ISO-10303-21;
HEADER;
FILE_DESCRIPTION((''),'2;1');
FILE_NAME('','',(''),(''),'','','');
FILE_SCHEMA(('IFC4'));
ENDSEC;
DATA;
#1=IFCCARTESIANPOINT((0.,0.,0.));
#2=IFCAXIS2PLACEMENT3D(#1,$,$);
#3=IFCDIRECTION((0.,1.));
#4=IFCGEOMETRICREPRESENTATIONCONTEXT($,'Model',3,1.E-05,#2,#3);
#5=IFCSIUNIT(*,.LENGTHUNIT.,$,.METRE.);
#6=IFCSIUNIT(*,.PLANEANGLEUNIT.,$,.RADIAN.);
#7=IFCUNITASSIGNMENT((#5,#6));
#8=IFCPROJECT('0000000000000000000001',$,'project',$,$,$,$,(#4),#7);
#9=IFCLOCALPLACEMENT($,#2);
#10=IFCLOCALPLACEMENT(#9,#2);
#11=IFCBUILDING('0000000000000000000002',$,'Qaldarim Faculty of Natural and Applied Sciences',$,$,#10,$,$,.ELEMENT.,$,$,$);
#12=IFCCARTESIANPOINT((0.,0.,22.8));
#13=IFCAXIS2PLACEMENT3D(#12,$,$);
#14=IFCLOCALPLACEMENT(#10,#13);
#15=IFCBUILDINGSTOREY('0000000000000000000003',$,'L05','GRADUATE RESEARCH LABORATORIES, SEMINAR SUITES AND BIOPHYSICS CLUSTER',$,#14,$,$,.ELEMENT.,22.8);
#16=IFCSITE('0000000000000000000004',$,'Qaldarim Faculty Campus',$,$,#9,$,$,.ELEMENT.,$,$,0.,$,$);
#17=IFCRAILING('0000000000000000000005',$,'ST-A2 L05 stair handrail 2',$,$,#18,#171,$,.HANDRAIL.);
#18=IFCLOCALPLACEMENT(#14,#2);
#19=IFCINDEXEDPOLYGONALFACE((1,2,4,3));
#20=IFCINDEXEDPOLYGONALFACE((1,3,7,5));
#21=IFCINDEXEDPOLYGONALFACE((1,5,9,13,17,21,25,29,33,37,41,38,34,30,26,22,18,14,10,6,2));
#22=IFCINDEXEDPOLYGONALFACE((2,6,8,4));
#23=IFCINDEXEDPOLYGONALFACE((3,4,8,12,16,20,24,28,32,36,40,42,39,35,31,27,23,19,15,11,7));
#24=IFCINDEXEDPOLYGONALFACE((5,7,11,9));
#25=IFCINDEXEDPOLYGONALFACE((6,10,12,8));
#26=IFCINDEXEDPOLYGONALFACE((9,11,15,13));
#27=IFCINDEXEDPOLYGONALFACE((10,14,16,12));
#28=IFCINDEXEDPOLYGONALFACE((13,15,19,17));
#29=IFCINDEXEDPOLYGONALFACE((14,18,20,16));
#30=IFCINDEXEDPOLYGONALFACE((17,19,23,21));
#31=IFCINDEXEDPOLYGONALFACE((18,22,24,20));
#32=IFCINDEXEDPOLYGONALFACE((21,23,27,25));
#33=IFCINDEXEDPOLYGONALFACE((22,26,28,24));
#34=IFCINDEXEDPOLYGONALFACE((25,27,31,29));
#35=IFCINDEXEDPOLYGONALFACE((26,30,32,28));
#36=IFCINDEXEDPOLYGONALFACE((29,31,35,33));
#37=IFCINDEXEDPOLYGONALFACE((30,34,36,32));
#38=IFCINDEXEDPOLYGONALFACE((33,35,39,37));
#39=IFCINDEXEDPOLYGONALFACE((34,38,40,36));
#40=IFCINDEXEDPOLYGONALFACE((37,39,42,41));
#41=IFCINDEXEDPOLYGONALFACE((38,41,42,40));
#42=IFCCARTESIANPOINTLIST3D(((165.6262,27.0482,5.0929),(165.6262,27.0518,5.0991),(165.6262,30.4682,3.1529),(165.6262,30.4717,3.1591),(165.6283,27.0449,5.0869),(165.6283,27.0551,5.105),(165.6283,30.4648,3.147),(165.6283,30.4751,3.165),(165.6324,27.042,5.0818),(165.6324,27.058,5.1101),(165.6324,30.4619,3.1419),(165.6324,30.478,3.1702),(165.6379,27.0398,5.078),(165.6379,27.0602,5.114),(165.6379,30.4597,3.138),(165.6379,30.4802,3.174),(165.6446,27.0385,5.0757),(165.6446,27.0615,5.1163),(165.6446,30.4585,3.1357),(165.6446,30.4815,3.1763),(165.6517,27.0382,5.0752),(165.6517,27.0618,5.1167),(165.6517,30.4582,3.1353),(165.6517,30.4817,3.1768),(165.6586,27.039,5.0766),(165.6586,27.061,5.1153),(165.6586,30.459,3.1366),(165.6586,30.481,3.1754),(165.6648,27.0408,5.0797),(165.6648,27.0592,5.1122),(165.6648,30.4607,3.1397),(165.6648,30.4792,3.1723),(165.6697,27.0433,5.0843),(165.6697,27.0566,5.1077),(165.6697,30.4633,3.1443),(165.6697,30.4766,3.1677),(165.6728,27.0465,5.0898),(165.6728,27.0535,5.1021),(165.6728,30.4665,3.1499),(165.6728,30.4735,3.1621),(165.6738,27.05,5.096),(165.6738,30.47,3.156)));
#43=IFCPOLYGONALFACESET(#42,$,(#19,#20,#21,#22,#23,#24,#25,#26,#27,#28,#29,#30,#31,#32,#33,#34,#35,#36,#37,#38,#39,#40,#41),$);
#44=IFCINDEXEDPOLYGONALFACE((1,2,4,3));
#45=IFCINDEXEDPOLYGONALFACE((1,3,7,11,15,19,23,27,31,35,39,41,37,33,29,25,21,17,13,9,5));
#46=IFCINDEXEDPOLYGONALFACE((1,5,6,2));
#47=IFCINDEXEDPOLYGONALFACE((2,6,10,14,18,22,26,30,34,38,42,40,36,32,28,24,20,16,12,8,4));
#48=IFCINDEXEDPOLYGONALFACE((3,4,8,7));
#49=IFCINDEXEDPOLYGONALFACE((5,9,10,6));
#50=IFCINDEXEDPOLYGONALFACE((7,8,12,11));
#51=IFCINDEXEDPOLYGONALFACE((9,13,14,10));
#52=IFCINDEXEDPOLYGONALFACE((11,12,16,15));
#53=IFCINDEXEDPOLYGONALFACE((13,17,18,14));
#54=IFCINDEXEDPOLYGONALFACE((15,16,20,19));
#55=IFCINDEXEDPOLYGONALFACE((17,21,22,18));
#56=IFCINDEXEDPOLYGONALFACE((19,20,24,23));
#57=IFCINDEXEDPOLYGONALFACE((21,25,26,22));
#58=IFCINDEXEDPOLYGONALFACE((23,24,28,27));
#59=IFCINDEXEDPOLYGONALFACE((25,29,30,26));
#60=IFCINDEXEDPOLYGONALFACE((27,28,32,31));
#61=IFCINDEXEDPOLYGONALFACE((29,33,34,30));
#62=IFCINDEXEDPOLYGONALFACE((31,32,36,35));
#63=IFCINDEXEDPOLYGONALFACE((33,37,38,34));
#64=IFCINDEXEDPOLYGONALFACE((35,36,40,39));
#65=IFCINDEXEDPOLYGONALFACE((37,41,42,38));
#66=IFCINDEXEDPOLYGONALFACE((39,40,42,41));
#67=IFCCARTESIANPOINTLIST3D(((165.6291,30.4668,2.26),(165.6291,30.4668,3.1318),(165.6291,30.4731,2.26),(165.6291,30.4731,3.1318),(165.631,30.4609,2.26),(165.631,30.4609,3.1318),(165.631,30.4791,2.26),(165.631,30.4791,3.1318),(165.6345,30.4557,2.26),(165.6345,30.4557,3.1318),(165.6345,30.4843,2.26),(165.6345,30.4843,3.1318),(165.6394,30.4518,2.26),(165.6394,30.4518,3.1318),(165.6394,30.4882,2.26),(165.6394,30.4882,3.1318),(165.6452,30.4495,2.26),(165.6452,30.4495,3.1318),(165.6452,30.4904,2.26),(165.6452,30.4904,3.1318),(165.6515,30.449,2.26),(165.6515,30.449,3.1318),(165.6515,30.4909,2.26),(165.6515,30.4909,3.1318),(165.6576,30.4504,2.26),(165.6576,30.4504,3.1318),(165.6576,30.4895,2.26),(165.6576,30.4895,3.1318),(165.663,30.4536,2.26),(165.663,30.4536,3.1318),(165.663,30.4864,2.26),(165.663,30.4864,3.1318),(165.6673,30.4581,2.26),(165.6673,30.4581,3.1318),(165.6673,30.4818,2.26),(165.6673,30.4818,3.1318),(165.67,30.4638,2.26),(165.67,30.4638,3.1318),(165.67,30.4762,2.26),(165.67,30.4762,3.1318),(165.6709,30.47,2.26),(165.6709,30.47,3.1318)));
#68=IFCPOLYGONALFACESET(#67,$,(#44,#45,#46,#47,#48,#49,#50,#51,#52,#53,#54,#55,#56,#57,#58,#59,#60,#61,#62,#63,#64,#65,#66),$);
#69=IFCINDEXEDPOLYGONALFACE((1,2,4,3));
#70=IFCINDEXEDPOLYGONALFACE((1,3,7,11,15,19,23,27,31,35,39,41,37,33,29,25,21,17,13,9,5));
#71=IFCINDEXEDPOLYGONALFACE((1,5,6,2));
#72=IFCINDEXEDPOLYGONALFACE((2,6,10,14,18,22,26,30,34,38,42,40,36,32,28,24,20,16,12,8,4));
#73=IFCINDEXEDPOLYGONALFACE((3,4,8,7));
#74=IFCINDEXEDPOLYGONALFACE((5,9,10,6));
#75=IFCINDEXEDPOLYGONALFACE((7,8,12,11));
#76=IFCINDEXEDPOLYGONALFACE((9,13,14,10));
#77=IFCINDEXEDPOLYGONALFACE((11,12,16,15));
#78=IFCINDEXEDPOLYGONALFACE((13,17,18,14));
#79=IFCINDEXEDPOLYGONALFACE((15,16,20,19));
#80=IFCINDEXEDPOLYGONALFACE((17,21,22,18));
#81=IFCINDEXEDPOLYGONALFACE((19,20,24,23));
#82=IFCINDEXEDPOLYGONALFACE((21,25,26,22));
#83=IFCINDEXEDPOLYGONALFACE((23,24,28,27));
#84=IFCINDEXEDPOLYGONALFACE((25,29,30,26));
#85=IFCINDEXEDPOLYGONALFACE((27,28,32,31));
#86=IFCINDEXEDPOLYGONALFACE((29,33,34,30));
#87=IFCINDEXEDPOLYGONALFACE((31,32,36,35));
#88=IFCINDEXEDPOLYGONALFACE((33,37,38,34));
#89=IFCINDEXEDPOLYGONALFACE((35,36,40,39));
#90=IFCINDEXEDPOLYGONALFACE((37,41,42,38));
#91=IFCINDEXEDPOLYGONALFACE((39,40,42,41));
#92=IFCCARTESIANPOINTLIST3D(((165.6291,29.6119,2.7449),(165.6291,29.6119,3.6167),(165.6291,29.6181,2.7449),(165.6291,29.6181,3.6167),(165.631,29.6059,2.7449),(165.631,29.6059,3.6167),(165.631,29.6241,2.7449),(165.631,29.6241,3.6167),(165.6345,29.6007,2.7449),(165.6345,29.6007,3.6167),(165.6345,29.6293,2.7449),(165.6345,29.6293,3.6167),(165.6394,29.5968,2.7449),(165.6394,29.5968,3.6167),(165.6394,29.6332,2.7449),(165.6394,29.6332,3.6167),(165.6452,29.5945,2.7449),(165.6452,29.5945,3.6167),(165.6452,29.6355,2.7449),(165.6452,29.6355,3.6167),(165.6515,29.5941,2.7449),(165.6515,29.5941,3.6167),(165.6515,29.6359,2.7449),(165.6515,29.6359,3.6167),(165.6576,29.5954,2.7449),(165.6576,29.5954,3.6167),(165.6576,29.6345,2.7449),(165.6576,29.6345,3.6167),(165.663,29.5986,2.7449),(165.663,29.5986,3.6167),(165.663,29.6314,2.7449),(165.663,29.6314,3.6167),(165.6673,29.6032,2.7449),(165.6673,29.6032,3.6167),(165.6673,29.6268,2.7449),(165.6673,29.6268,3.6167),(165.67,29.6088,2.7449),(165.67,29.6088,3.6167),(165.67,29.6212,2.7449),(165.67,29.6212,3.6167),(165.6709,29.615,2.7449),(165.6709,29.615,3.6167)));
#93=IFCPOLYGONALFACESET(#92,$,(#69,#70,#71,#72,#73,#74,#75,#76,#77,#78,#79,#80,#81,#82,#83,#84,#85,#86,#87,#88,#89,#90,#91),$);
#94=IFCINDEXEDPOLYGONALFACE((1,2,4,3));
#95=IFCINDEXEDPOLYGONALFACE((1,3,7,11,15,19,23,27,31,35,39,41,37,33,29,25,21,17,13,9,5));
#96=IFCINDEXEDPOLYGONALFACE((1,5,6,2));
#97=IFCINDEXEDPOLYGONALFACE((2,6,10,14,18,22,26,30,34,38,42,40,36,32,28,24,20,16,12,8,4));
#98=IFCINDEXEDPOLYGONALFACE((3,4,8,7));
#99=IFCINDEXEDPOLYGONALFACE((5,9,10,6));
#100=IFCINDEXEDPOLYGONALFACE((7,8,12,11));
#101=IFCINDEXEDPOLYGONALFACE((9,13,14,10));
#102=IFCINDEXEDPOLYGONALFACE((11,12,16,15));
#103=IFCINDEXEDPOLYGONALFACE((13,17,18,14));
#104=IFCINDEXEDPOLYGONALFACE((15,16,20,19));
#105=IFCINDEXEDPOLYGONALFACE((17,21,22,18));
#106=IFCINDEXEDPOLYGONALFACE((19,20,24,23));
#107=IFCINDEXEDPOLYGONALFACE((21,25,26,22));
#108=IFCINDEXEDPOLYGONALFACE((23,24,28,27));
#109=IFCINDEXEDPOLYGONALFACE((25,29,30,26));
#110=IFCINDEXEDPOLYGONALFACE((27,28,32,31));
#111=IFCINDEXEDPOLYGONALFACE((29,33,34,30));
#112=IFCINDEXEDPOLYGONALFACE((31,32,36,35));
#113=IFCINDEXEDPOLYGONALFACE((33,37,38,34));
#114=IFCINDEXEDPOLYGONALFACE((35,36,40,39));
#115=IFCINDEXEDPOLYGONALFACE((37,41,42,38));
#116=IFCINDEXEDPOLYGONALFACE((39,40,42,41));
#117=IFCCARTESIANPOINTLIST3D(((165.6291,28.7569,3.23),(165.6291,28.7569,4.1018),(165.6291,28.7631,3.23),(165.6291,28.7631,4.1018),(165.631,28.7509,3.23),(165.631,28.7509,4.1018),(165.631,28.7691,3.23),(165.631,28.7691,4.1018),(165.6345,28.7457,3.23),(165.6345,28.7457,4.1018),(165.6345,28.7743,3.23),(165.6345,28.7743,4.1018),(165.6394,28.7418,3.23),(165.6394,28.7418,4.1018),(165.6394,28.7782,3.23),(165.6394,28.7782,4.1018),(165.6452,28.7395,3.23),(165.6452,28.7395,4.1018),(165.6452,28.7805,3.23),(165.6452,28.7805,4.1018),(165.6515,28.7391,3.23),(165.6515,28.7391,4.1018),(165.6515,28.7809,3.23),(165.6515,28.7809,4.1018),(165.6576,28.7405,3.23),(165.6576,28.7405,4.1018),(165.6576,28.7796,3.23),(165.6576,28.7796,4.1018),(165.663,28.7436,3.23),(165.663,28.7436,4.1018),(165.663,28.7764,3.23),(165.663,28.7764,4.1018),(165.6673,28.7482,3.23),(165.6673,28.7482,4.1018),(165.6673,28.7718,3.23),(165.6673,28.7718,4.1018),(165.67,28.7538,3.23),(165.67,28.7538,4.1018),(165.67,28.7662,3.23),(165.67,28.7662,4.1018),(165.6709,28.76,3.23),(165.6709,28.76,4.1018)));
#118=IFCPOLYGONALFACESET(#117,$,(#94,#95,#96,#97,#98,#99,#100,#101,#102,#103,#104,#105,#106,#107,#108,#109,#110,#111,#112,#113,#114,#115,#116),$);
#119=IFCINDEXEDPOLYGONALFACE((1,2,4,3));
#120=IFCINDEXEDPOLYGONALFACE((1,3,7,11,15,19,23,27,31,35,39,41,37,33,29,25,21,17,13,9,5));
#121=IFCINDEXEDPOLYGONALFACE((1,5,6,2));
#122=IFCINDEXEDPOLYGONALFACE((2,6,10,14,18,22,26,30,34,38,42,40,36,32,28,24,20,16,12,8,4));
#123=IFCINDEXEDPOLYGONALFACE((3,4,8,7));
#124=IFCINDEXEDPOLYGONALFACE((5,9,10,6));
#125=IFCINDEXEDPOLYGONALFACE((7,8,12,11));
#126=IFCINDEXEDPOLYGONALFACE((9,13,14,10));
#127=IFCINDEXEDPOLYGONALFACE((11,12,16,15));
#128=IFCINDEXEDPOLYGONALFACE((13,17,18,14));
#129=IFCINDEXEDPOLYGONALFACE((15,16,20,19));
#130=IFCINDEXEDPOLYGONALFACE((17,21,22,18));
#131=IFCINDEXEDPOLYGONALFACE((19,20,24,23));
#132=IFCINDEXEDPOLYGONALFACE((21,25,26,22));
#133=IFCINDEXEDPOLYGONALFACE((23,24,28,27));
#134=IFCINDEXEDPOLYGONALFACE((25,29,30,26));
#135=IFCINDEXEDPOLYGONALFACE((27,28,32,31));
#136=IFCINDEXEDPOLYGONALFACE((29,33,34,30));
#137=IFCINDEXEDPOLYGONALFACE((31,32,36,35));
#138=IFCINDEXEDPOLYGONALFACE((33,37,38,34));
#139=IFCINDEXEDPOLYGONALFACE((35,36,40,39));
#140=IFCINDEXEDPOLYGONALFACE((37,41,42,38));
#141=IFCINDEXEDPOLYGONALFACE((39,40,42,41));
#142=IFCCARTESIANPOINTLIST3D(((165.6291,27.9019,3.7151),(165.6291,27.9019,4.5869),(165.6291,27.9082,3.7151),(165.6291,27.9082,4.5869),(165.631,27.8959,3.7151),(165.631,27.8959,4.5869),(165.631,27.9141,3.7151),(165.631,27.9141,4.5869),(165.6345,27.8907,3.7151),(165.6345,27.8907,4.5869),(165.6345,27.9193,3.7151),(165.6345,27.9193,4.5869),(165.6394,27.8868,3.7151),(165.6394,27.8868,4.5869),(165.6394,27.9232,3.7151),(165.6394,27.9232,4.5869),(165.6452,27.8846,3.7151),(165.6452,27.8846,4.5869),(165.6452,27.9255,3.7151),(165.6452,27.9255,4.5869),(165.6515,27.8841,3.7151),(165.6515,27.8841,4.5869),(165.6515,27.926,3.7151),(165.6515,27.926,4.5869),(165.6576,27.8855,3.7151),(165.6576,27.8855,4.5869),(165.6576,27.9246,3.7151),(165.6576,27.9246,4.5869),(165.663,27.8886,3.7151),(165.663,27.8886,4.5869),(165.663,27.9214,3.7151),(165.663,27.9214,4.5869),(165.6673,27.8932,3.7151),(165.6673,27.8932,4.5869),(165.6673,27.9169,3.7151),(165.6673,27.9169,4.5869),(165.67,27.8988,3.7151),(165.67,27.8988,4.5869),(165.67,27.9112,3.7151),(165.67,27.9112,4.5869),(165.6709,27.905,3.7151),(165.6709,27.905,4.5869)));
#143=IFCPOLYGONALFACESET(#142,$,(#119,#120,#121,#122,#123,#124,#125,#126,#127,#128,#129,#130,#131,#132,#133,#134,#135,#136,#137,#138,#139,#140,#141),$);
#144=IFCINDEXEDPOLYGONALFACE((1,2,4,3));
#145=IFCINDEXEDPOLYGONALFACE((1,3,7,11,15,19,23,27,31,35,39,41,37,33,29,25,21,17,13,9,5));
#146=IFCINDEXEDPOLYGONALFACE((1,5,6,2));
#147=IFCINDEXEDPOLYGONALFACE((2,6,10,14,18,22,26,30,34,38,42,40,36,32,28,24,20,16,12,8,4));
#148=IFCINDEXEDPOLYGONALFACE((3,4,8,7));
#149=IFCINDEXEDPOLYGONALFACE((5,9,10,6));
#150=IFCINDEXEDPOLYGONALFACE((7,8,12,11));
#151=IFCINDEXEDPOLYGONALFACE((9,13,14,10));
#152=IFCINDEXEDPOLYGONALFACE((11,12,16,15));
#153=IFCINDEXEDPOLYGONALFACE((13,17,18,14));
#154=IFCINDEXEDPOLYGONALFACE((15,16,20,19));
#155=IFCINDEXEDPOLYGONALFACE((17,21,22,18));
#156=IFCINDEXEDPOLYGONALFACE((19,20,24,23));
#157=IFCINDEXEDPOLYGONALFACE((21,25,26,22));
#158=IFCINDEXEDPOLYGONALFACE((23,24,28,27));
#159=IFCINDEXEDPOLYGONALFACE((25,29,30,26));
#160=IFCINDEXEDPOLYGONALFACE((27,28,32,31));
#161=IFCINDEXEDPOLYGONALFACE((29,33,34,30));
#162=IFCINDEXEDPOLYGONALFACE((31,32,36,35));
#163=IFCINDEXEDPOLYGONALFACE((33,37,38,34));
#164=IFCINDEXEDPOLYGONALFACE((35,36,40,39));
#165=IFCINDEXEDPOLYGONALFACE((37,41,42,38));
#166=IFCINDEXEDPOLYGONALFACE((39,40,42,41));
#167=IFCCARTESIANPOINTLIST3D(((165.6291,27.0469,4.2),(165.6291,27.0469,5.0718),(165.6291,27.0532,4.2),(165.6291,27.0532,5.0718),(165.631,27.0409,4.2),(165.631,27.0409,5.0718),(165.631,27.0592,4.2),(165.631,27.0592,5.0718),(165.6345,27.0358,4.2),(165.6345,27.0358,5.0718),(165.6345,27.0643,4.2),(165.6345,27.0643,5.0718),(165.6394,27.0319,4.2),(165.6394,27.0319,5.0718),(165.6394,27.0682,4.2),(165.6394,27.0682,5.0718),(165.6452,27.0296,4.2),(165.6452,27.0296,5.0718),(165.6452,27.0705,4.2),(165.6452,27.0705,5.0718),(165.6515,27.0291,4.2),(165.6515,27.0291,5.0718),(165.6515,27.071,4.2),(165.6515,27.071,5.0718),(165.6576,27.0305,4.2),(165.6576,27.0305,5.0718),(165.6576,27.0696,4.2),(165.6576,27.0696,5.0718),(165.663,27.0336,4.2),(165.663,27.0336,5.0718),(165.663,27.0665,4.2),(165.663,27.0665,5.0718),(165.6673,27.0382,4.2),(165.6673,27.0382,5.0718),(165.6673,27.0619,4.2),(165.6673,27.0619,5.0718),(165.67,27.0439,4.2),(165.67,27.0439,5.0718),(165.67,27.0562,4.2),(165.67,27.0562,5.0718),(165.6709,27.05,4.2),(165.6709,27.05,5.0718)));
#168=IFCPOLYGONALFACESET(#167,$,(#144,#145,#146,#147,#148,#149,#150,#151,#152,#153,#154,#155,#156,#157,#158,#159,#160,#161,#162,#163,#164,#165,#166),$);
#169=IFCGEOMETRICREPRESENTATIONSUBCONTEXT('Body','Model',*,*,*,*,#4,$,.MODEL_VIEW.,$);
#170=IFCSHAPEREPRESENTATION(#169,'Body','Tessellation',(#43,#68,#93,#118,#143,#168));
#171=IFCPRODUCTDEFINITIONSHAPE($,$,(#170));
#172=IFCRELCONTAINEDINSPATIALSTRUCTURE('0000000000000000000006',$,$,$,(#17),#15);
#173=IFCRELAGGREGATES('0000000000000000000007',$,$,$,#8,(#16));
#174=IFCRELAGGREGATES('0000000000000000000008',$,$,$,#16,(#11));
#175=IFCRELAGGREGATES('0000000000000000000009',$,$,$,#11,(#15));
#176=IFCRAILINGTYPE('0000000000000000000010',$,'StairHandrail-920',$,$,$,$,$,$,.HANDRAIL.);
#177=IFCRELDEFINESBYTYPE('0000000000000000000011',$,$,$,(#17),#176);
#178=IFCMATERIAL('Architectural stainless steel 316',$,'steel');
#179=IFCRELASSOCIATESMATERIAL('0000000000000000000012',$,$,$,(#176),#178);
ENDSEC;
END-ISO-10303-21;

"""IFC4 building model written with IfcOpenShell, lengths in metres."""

from ifc_helpers import new_model, si_unit, direction, frame, origin, origin_2d, place, context, subcontext, project, spatial, circle, extrude, material, type_object, element, save


model = new_model("IFC4")

# Units and contexts
model_context = context("Model", 3, precision=1e-05, world=origin(), true_north=direction((0.0, 1.0)))
body_context = subcontext(model_context, "Body", "Model", "MODEL_VIEW")
ifc_project = project(units=[si_unit("LENGTHUNIT", "METRE"), si_unit("PLANEANGLEUNIT", "RADIAN")], contexts=[model_context])

# Site, building, storey
site_placement = place(None, origin())
site = spatial("IfcSite", under=ifc_project, at=site_placement, Name="Qaldarim Faculty Campus", CompositionType="ELEMENT", RefElevation=0.0)
building_placement = place(site_placement, origin())
building = spatial("IfcBuilding", under=site, at=building_placement, Name="Qaldarim Faculty of Natural and Applied Sciences", CompositionType="ELEMENT")
storey_placement = place(building_placement, frame((0.0, 0.0, 22.8)))
storey = spatial("IfcBuildingStorey", under=building, at=storey_placement, Name="L05", Description="GRADUATE RESEARCH LABORATORIES, SEMINAR SUITES AND BIOPHYSICS CLUSTER", CompositionType="ELEMENT", Elevation=22.8)

# Shared definitions
ifc_material_1 = material(Name="Architectural stainless steel 316", Category="steel")

# Railing
railing_type_1 = type_object("IfcRailingType", Name="StairHandrail-920", PredefinedType="HANDRAIL", material=ifc_material_1)
railing_1_placement = place(storey_placement, frame((165.6499, 30.47, 2.26)))
element("IfcRailing", 1, at=railing_1_placement, inside=storey, type_object=railing_type_1, Name="ST-A2 L05 stair handrail 2", PredefinedType="HANDRAIL", context=body_context, shape_type="SweptSolid", body=[
    extrude(circle(Radius=0.0239, at=origin_2d()), frame((0.0, 0.0, 0.896), z_axis=(0.0, -0.869805, 0.493395), x_axis=(1.0, 0.0, 0.0)), (0.0, 0.0, 1.0), 3.9319),
    extrude(circle(Radius=0.021, at=origin_2d()), origin(), (0.0, 0.0, 1.0), 0.8718),
    extrude(circle(Radius=0.021, at=origin_2d()), frame((0.0, -0.855, 0.4849)), (0.0, 0.0, 1.0), 0.8718),
    extrude(circle(Radius=0.021, at=origin_2d()), frame((0.0, -1.71, 0.97)), (0.0, 0.0, 1.0), 0.8718),
    extrude(circle(Radius=0.021, at=origin_2d()), frame((0.0, -2.5649, 1.4551)), (0.0, 0.0, 1.0), 0.8718),
    extrude(circle(Radius=0.021, at=origin_2d()), frame((0.0, -3.4199, 1.9399)), (0.0, 0.0, 1.0), 0.8718),
])

save(model, "model.ifc")
